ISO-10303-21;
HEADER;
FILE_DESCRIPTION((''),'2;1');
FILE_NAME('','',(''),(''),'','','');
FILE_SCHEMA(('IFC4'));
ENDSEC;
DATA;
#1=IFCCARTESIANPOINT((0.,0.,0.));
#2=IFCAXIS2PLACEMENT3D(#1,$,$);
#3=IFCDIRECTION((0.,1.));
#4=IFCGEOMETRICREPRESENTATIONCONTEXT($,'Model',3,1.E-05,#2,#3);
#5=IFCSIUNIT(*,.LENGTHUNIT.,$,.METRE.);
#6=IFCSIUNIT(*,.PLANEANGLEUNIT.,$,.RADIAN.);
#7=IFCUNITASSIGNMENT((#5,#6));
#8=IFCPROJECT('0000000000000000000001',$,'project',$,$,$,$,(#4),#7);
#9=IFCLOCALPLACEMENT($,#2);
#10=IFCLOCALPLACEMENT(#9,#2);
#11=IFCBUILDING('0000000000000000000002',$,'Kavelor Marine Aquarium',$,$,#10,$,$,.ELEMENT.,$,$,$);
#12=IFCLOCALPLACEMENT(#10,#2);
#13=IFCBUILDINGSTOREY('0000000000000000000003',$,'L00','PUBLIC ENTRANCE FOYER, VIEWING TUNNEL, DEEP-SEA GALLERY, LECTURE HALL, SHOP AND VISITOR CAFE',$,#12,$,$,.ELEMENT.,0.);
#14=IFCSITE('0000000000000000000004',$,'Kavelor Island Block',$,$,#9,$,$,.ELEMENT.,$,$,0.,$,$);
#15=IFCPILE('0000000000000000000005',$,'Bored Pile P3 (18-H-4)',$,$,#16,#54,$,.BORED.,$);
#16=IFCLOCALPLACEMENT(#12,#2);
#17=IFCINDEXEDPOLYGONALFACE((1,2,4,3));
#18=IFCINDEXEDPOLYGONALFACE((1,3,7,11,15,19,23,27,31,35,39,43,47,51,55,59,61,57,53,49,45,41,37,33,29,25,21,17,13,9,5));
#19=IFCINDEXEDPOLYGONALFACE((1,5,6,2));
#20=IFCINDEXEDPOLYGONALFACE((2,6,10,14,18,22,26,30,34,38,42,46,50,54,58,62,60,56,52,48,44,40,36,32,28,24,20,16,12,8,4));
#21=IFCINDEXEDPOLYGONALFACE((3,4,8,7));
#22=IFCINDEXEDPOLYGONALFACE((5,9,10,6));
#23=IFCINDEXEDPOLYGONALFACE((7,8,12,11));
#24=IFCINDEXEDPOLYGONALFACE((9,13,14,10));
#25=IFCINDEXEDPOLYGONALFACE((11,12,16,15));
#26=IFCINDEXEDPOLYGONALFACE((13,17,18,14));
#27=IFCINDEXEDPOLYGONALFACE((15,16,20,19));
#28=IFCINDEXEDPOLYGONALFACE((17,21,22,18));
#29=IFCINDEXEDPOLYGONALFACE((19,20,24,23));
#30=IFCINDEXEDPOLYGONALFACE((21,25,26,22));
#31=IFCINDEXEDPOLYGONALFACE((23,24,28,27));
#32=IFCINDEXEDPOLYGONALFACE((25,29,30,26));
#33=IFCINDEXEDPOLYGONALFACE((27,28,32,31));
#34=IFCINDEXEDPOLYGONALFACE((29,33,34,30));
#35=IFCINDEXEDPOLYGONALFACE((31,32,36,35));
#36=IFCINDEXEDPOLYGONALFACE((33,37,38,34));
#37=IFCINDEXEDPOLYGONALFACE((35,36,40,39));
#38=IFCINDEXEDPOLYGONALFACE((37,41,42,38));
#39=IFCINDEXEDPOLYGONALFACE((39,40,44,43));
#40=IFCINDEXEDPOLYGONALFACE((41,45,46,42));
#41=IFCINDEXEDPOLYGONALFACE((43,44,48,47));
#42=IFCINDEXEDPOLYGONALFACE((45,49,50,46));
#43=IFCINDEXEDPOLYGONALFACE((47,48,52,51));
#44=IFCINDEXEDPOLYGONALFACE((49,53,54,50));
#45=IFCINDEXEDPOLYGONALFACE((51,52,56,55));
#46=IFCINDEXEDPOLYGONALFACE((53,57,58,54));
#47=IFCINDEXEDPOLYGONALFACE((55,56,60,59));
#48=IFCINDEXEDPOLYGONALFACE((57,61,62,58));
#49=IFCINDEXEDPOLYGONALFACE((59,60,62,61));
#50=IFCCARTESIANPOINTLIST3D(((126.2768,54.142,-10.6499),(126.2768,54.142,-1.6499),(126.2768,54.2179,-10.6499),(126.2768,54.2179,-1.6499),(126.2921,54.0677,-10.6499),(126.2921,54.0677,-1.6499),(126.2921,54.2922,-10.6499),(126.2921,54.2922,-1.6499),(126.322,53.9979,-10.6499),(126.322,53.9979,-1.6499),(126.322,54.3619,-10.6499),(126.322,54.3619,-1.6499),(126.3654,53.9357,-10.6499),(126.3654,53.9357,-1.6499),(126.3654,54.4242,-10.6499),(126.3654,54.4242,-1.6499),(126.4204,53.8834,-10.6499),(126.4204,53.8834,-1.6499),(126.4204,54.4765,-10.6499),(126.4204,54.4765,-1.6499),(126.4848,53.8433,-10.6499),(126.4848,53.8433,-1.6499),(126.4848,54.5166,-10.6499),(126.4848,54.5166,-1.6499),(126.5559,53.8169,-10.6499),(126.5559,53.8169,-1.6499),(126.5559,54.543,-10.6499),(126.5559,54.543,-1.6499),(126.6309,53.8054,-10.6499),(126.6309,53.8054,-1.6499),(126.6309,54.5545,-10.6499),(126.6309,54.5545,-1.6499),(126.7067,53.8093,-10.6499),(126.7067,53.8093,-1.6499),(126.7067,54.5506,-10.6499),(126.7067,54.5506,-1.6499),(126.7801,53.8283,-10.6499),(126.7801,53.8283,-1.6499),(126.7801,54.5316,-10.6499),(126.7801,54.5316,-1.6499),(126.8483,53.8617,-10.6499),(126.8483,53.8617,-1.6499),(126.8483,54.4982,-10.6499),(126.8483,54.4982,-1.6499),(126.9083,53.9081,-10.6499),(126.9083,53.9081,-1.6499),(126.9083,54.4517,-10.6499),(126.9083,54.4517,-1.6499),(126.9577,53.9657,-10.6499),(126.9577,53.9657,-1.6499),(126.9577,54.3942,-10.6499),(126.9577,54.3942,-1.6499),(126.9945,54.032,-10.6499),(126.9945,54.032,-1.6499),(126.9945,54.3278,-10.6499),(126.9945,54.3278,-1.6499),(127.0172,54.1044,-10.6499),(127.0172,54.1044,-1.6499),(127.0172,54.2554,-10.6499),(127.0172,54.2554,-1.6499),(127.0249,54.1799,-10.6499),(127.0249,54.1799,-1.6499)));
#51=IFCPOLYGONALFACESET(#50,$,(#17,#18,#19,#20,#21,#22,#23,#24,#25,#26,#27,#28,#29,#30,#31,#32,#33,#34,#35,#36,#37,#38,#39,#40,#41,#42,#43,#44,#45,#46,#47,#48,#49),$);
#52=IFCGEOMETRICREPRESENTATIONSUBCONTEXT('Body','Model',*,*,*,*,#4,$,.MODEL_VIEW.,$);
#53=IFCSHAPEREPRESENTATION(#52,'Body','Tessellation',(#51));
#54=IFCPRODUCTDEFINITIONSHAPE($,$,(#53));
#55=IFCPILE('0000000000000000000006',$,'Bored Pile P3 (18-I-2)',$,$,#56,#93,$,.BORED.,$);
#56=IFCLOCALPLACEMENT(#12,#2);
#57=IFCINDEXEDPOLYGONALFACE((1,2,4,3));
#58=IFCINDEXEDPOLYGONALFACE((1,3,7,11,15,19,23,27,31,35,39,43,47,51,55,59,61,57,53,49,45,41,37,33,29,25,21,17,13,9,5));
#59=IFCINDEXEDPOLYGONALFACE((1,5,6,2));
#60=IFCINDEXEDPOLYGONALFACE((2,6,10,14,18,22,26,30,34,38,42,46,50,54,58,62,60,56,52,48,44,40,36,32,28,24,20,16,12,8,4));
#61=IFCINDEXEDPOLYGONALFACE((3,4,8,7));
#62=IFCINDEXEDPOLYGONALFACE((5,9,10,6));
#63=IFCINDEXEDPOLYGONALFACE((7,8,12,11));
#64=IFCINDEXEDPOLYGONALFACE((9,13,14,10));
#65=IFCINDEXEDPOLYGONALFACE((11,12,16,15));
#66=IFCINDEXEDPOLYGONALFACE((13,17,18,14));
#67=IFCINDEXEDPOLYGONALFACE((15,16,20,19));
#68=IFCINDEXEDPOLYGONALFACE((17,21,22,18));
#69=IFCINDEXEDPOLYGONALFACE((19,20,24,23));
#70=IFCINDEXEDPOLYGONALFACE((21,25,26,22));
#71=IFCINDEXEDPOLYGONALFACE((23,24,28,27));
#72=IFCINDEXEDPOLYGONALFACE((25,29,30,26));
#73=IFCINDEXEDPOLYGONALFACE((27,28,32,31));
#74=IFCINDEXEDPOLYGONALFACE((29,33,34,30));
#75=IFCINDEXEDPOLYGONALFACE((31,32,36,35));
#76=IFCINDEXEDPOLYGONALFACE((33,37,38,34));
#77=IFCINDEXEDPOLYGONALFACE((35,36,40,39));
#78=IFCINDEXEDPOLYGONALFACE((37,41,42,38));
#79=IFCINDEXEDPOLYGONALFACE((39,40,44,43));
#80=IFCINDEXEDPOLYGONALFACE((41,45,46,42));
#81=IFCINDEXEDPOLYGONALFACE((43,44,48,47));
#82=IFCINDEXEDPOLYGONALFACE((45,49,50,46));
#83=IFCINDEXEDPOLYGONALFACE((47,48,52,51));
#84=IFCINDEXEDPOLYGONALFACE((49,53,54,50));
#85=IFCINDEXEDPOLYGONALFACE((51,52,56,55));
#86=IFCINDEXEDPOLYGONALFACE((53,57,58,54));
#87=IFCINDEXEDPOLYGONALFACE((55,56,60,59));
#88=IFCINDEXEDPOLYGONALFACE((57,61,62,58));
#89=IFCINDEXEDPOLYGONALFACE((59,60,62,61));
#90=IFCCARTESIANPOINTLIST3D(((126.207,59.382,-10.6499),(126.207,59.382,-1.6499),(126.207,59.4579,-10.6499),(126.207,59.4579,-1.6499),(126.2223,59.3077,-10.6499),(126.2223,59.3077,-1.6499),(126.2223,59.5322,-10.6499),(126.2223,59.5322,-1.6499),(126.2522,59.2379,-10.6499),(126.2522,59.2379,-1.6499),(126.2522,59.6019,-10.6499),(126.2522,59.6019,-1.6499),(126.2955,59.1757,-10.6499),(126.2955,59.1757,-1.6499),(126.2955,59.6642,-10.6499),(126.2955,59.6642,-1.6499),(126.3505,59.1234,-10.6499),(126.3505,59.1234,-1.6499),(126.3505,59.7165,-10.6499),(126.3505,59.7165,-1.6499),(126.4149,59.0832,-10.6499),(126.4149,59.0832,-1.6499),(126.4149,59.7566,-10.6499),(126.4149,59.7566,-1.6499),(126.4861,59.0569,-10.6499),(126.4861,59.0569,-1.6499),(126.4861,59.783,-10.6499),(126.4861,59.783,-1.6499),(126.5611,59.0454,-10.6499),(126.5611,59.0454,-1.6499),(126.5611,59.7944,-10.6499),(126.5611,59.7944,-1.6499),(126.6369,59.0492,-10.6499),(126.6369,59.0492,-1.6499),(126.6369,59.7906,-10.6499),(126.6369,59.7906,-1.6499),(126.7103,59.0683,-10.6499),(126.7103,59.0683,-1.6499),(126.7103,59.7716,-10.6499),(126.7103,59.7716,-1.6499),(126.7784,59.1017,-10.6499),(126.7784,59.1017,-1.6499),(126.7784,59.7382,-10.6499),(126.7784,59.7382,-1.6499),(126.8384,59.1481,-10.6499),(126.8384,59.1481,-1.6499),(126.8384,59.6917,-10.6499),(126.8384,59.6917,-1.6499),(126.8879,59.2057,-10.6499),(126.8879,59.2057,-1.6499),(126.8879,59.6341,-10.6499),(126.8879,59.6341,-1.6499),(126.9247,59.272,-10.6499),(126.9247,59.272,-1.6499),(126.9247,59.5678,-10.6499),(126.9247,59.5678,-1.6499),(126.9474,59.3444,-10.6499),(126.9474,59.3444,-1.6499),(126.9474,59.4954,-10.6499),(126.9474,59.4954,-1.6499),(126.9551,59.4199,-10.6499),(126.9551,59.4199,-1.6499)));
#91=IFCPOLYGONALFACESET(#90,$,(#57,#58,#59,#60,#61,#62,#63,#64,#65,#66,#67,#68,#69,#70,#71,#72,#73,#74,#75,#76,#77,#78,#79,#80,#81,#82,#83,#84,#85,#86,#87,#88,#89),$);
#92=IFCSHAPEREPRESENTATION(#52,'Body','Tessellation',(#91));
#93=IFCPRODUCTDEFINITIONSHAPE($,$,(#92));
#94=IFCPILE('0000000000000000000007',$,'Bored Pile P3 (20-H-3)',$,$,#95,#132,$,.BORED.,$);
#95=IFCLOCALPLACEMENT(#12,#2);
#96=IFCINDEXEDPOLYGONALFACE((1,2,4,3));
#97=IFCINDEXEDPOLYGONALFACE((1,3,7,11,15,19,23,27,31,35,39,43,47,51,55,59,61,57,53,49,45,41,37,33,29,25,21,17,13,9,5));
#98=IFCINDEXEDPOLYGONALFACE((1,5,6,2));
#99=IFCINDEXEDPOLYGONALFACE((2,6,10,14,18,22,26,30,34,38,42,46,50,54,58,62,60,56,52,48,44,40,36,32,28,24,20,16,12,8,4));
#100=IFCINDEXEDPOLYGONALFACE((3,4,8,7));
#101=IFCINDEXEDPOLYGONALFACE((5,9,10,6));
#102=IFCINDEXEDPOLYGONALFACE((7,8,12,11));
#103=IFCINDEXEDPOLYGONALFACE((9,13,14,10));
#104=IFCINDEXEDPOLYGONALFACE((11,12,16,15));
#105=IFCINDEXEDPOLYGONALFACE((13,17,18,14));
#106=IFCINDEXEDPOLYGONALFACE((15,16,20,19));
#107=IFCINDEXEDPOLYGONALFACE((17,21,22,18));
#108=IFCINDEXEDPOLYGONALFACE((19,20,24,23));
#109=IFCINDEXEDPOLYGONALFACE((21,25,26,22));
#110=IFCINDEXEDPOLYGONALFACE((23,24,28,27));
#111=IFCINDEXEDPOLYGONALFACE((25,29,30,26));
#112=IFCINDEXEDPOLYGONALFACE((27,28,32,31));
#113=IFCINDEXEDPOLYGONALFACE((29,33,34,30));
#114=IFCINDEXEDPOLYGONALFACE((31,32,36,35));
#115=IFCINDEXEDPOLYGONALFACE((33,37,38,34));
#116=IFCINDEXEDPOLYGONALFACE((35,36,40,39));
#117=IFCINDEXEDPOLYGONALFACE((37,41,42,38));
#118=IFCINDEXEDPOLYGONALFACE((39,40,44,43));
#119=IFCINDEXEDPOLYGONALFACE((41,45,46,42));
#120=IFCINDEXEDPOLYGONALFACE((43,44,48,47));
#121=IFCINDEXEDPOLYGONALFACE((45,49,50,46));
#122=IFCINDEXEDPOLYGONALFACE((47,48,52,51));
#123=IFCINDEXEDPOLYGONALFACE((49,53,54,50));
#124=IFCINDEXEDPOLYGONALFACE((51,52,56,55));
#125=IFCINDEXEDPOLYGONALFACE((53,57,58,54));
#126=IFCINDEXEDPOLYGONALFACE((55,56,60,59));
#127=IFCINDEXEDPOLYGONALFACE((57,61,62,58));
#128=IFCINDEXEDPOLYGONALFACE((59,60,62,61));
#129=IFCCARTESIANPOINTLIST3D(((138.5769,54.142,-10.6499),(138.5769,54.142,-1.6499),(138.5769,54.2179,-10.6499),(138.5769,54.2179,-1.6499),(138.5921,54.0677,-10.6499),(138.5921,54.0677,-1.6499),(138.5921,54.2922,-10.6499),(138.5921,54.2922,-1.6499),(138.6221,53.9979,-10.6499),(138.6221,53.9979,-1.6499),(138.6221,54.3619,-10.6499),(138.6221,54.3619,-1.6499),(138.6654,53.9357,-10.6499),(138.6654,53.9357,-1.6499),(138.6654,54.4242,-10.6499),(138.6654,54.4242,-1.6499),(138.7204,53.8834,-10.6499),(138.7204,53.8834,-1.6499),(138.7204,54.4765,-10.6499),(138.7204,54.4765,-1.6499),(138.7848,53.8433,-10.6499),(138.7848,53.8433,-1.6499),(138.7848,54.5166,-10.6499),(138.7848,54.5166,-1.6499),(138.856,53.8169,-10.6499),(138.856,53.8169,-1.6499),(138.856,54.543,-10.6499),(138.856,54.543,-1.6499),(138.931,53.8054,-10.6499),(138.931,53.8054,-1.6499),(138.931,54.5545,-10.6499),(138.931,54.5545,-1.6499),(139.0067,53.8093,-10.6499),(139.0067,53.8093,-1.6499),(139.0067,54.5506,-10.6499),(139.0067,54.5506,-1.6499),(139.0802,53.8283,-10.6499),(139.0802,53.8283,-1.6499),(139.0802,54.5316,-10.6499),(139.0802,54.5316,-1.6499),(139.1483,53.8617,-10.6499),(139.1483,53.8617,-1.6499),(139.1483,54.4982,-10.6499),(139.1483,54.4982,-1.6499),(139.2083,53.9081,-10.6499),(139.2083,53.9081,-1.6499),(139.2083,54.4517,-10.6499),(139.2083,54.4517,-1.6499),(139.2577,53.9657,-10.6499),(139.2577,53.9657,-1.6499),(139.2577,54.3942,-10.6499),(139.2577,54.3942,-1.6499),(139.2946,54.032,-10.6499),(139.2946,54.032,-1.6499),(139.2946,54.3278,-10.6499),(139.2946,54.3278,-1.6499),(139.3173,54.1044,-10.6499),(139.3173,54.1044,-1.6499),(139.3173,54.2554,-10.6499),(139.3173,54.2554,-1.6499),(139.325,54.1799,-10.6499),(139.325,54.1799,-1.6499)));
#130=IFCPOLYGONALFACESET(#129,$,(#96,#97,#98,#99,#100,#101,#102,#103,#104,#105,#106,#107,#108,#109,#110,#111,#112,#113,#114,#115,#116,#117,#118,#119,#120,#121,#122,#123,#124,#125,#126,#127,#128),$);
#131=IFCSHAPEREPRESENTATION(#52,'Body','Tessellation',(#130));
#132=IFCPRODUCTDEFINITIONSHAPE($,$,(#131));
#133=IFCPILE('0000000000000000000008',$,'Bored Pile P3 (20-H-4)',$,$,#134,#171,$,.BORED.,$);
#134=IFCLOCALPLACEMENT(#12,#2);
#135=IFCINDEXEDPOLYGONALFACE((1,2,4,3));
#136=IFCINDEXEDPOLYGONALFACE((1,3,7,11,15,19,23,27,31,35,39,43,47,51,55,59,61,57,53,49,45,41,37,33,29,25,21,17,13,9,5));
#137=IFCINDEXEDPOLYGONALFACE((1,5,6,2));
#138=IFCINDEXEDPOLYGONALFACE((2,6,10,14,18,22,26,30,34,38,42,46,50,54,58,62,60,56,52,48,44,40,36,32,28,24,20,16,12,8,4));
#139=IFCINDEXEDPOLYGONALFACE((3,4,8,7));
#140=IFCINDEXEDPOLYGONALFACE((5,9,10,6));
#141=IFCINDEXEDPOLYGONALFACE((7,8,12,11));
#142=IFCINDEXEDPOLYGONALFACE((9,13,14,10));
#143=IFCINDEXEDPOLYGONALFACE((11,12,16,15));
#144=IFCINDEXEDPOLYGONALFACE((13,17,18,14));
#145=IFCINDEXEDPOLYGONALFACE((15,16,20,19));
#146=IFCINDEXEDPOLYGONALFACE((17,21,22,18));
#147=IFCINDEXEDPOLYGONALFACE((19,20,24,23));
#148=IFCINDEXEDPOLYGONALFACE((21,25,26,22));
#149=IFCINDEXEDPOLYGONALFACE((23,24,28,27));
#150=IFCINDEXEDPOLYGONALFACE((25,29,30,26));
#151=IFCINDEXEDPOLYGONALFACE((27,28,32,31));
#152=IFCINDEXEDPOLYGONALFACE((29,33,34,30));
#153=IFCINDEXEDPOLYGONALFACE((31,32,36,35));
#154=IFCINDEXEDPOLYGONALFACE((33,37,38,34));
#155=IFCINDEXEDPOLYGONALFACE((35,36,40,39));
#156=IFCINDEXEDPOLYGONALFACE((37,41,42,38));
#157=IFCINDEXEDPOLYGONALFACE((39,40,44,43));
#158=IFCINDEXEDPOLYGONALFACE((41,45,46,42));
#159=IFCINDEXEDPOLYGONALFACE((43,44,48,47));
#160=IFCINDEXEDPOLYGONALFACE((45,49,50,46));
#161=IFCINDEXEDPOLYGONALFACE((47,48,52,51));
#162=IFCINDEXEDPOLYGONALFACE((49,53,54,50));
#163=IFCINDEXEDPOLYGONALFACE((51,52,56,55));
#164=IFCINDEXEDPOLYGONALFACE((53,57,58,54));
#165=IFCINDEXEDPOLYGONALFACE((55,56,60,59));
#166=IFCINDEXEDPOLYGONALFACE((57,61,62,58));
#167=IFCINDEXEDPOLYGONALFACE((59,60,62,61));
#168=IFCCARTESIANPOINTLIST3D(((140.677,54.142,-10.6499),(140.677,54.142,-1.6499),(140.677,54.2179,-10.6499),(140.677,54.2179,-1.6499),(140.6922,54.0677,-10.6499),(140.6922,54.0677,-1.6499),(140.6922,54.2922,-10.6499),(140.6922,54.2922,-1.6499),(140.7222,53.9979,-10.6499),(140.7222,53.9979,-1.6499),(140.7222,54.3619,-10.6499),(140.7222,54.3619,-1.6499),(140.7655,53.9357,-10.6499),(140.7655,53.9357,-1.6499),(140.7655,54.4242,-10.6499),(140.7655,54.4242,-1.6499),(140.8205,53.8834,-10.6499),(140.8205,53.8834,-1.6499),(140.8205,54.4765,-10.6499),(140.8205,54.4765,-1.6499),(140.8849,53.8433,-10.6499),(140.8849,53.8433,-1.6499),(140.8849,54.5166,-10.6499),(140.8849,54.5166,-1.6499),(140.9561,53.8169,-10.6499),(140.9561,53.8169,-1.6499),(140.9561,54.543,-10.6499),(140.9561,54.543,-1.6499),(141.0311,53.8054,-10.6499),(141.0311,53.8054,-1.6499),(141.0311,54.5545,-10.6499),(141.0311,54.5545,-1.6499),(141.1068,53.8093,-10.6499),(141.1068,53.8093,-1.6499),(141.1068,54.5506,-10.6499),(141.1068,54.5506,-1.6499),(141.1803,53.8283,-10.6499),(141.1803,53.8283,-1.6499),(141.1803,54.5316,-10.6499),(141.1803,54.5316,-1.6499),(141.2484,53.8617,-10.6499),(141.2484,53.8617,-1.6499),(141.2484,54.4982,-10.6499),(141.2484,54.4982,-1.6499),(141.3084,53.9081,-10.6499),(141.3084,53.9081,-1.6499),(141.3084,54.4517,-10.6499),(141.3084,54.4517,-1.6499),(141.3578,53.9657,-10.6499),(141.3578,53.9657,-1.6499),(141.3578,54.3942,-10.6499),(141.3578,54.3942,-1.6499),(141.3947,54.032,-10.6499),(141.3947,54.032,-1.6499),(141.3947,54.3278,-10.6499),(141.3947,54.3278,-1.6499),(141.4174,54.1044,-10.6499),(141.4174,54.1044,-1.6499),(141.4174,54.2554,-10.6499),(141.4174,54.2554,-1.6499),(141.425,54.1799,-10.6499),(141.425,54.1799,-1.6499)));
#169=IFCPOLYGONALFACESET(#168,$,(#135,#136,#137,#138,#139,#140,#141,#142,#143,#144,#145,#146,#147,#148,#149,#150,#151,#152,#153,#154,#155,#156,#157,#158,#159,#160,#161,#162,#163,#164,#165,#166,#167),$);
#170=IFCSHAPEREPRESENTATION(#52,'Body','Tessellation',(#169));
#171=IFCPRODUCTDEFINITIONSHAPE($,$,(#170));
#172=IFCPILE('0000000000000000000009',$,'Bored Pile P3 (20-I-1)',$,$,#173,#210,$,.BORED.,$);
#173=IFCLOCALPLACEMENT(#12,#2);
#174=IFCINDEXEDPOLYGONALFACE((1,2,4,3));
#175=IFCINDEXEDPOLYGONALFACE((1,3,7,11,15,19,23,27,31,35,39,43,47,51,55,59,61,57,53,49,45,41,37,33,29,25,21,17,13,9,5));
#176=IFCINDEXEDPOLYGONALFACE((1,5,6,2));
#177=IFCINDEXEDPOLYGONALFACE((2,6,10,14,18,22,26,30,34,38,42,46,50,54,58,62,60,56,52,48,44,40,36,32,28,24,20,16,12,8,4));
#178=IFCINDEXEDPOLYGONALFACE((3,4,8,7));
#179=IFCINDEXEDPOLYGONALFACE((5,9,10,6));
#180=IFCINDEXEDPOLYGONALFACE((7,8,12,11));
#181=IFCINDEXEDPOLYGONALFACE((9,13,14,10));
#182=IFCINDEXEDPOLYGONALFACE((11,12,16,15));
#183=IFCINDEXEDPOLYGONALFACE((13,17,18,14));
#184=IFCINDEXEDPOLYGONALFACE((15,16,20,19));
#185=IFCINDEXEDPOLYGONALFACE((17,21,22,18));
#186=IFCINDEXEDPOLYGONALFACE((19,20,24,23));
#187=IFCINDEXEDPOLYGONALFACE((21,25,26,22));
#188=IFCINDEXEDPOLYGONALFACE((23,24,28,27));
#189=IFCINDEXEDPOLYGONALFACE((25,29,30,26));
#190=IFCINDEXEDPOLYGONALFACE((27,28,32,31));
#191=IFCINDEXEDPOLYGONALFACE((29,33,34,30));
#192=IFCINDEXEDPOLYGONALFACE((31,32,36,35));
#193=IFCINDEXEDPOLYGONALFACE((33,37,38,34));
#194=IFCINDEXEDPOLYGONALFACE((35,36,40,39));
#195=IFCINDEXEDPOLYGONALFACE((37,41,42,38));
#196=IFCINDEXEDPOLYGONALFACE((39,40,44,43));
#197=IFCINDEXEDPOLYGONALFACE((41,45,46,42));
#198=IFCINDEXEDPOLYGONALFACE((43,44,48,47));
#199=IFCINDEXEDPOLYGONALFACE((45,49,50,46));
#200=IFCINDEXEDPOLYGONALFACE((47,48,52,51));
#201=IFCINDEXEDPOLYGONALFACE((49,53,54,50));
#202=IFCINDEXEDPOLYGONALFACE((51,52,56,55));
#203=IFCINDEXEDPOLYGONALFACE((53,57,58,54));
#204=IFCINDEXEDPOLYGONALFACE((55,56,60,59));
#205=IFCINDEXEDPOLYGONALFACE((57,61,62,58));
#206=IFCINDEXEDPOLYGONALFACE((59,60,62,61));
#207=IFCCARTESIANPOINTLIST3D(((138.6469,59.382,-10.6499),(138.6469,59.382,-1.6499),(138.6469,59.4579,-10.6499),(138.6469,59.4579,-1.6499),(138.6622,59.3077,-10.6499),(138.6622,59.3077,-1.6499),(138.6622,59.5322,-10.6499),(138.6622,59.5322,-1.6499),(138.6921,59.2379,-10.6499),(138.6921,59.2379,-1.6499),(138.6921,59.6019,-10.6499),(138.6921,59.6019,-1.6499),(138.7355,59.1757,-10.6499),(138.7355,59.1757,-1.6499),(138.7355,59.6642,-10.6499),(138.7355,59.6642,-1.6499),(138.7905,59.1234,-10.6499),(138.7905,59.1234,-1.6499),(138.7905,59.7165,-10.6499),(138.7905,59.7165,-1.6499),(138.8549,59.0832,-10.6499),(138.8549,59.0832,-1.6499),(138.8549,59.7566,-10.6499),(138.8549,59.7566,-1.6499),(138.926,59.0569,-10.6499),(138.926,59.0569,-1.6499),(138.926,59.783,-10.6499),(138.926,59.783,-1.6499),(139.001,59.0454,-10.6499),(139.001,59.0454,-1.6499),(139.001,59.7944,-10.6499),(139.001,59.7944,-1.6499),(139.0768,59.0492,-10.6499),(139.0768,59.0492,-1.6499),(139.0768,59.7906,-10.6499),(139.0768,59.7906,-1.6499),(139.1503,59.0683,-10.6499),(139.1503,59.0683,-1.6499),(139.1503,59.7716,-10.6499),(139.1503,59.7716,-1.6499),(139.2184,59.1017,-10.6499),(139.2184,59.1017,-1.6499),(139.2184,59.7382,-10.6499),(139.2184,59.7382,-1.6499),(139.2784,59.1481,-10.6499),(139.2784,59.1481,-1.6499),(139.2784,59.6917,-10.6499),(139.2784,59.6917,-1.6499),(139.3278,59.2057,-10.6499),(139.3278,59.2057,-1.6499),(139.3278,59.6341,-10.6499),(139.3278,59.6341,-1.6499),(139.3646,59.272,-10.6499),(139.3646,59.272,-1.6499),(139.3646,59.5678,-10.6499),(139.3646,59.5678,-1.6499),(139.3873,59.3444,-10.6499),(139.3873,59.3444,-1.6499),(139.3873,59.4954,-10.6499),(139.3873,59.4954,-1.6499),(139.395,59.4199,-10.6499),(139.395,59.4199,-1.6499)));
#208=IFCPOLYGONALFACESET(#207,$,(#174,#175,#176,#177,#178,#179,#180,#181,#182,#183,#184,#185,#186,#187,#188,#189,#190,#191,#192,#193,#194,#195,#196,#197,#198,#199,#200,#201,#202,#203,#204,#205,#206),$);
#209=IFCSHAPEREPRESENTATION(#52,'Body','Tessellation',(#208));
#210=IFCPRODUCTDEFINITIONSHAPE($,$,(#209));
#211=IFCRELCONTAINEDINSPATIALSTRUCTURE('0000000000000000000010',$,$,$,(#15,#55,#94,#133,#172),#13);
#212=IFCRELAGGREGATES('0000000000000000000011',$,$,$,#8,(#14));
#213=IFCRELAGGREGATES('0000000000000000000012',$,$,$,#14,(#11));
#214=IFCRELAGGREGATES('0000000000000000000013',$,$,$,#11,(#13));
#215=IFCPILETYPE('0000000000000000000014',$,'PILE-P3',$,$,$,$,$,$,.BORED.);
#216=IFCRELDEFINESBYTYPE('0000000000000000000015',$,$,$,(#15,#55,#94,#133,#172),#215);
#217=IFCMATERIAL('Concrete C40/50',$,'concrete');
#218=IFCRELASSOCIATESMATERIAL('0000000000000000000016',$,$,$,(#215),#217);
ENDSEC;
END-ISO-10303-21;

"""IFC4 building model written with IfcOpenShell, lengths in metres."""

from ifc_helpers import new_model, si_unit, direction, frame, origin, origin_2d, place, context, subcontext, project, spatial, circle, extrude, material, material_profile, profile_set, type_object, element, save


model = new_model("IFC4")

# Units and contexts
model_context = context("Model", 3, precision=1e-05, world=origin(), true_north=direction((0.0, 1.0)))
body_context = subcontext(model_context, "Body", "Model", "MODEL_VIEW")
ifc_project = project(units=[si_unit("LENGTHUNIT", "METRE"), si_unit("PLANEANGLEUNIT", "RADIAN")], contexts=[model_context])

# Site, building, storey
site_placement = place(None, origin())
site = spatial("IfcSite", under=ifc_project, at=site_placement, Name="Kavelor Island Block", CompositionType="ELEMENT", RefElevation=0.0)
building_placement = place(site_placement, origin())
building = spatial("IfcBuilding", under=site, at=building_placement, Name="Kavelor Marine Aquarium", CompositionType="ELEMENT")
storey_placement = place(building_placement, origin())
storey = spatial("IfcBuildingStorey", under=building, at=storey_placement, Name="L00", Description="PUBLIC ENTRANCE FOYER, VIEWING TUNNEL, DEEP-SEA GALLERY, LECTURE HALL, SHOP AND VISITOR CAFE", CompositionType="ELEMENT", Elevation=0.0)

# Piles
ifc_material_1 = material(Name="Concrete C40/50", Category="concrete")
ifc_material_profile_1 = material_profile(ifc_material_1, circle(Radius=0.375, at=origin_2d()), Name="PILE D750")
ifc_profile_set_1 = profile_set([ifc_material_profile_1], Name="Concrete C40/50")
pile_type_1 = type_object("IfcPileType", Name="PILE-P3", PredefinedType="BORED", material=ifc_profile_set_1)
for number, where, z_axis, x_axis, name in (
    (1, (126.6499, 54.1799, -1.6499), (0.0, 0.0, -1.0), (1.0, 0.0, 0.0), "Bored Pile P3 (18-H-4)"),
    (2, (126.5801, 59.4199, -1.6499), (0.0, 0.0, -1.0), (1.0, 0.0, 0.0), "Bored Pile P3 (18-I-2)"),
    (3, (138.95, 54.1799, -1.6499), (0.0, 0.0, -1.0), (1.0, 0.0, 0.0), "Bored Pile P3 (20-H-3)"),
    (4, (141.05, 54.1799, -1.6499), (0.0, 0.0, -1.0), (1.0, 0.0, 0.0), "Bored Pile P3 (20-H-4)"),
    (5, (139.02, 59.4199, -1.6499), (0.0, 0.0, -1.0), (1.0, 0.0, 0.0), "Bored Pile P3 (20-I-1)"),
):
    element("IfcPile", number, at=place(storey_placement, frame(where, z_axis=z_axis, x_axis=x_axis)), inside=storey, type_object=pile_type_1, Name=name, PredefinedType="BORED", context=body_context, shape_type="SweptSolid", body=[
        extrude(circle(Radius=0.375, at=origin_2d()), origin(), (0.0, 0.0, 1.0), 9.0),
    ])

save(model, "model.ifc")
